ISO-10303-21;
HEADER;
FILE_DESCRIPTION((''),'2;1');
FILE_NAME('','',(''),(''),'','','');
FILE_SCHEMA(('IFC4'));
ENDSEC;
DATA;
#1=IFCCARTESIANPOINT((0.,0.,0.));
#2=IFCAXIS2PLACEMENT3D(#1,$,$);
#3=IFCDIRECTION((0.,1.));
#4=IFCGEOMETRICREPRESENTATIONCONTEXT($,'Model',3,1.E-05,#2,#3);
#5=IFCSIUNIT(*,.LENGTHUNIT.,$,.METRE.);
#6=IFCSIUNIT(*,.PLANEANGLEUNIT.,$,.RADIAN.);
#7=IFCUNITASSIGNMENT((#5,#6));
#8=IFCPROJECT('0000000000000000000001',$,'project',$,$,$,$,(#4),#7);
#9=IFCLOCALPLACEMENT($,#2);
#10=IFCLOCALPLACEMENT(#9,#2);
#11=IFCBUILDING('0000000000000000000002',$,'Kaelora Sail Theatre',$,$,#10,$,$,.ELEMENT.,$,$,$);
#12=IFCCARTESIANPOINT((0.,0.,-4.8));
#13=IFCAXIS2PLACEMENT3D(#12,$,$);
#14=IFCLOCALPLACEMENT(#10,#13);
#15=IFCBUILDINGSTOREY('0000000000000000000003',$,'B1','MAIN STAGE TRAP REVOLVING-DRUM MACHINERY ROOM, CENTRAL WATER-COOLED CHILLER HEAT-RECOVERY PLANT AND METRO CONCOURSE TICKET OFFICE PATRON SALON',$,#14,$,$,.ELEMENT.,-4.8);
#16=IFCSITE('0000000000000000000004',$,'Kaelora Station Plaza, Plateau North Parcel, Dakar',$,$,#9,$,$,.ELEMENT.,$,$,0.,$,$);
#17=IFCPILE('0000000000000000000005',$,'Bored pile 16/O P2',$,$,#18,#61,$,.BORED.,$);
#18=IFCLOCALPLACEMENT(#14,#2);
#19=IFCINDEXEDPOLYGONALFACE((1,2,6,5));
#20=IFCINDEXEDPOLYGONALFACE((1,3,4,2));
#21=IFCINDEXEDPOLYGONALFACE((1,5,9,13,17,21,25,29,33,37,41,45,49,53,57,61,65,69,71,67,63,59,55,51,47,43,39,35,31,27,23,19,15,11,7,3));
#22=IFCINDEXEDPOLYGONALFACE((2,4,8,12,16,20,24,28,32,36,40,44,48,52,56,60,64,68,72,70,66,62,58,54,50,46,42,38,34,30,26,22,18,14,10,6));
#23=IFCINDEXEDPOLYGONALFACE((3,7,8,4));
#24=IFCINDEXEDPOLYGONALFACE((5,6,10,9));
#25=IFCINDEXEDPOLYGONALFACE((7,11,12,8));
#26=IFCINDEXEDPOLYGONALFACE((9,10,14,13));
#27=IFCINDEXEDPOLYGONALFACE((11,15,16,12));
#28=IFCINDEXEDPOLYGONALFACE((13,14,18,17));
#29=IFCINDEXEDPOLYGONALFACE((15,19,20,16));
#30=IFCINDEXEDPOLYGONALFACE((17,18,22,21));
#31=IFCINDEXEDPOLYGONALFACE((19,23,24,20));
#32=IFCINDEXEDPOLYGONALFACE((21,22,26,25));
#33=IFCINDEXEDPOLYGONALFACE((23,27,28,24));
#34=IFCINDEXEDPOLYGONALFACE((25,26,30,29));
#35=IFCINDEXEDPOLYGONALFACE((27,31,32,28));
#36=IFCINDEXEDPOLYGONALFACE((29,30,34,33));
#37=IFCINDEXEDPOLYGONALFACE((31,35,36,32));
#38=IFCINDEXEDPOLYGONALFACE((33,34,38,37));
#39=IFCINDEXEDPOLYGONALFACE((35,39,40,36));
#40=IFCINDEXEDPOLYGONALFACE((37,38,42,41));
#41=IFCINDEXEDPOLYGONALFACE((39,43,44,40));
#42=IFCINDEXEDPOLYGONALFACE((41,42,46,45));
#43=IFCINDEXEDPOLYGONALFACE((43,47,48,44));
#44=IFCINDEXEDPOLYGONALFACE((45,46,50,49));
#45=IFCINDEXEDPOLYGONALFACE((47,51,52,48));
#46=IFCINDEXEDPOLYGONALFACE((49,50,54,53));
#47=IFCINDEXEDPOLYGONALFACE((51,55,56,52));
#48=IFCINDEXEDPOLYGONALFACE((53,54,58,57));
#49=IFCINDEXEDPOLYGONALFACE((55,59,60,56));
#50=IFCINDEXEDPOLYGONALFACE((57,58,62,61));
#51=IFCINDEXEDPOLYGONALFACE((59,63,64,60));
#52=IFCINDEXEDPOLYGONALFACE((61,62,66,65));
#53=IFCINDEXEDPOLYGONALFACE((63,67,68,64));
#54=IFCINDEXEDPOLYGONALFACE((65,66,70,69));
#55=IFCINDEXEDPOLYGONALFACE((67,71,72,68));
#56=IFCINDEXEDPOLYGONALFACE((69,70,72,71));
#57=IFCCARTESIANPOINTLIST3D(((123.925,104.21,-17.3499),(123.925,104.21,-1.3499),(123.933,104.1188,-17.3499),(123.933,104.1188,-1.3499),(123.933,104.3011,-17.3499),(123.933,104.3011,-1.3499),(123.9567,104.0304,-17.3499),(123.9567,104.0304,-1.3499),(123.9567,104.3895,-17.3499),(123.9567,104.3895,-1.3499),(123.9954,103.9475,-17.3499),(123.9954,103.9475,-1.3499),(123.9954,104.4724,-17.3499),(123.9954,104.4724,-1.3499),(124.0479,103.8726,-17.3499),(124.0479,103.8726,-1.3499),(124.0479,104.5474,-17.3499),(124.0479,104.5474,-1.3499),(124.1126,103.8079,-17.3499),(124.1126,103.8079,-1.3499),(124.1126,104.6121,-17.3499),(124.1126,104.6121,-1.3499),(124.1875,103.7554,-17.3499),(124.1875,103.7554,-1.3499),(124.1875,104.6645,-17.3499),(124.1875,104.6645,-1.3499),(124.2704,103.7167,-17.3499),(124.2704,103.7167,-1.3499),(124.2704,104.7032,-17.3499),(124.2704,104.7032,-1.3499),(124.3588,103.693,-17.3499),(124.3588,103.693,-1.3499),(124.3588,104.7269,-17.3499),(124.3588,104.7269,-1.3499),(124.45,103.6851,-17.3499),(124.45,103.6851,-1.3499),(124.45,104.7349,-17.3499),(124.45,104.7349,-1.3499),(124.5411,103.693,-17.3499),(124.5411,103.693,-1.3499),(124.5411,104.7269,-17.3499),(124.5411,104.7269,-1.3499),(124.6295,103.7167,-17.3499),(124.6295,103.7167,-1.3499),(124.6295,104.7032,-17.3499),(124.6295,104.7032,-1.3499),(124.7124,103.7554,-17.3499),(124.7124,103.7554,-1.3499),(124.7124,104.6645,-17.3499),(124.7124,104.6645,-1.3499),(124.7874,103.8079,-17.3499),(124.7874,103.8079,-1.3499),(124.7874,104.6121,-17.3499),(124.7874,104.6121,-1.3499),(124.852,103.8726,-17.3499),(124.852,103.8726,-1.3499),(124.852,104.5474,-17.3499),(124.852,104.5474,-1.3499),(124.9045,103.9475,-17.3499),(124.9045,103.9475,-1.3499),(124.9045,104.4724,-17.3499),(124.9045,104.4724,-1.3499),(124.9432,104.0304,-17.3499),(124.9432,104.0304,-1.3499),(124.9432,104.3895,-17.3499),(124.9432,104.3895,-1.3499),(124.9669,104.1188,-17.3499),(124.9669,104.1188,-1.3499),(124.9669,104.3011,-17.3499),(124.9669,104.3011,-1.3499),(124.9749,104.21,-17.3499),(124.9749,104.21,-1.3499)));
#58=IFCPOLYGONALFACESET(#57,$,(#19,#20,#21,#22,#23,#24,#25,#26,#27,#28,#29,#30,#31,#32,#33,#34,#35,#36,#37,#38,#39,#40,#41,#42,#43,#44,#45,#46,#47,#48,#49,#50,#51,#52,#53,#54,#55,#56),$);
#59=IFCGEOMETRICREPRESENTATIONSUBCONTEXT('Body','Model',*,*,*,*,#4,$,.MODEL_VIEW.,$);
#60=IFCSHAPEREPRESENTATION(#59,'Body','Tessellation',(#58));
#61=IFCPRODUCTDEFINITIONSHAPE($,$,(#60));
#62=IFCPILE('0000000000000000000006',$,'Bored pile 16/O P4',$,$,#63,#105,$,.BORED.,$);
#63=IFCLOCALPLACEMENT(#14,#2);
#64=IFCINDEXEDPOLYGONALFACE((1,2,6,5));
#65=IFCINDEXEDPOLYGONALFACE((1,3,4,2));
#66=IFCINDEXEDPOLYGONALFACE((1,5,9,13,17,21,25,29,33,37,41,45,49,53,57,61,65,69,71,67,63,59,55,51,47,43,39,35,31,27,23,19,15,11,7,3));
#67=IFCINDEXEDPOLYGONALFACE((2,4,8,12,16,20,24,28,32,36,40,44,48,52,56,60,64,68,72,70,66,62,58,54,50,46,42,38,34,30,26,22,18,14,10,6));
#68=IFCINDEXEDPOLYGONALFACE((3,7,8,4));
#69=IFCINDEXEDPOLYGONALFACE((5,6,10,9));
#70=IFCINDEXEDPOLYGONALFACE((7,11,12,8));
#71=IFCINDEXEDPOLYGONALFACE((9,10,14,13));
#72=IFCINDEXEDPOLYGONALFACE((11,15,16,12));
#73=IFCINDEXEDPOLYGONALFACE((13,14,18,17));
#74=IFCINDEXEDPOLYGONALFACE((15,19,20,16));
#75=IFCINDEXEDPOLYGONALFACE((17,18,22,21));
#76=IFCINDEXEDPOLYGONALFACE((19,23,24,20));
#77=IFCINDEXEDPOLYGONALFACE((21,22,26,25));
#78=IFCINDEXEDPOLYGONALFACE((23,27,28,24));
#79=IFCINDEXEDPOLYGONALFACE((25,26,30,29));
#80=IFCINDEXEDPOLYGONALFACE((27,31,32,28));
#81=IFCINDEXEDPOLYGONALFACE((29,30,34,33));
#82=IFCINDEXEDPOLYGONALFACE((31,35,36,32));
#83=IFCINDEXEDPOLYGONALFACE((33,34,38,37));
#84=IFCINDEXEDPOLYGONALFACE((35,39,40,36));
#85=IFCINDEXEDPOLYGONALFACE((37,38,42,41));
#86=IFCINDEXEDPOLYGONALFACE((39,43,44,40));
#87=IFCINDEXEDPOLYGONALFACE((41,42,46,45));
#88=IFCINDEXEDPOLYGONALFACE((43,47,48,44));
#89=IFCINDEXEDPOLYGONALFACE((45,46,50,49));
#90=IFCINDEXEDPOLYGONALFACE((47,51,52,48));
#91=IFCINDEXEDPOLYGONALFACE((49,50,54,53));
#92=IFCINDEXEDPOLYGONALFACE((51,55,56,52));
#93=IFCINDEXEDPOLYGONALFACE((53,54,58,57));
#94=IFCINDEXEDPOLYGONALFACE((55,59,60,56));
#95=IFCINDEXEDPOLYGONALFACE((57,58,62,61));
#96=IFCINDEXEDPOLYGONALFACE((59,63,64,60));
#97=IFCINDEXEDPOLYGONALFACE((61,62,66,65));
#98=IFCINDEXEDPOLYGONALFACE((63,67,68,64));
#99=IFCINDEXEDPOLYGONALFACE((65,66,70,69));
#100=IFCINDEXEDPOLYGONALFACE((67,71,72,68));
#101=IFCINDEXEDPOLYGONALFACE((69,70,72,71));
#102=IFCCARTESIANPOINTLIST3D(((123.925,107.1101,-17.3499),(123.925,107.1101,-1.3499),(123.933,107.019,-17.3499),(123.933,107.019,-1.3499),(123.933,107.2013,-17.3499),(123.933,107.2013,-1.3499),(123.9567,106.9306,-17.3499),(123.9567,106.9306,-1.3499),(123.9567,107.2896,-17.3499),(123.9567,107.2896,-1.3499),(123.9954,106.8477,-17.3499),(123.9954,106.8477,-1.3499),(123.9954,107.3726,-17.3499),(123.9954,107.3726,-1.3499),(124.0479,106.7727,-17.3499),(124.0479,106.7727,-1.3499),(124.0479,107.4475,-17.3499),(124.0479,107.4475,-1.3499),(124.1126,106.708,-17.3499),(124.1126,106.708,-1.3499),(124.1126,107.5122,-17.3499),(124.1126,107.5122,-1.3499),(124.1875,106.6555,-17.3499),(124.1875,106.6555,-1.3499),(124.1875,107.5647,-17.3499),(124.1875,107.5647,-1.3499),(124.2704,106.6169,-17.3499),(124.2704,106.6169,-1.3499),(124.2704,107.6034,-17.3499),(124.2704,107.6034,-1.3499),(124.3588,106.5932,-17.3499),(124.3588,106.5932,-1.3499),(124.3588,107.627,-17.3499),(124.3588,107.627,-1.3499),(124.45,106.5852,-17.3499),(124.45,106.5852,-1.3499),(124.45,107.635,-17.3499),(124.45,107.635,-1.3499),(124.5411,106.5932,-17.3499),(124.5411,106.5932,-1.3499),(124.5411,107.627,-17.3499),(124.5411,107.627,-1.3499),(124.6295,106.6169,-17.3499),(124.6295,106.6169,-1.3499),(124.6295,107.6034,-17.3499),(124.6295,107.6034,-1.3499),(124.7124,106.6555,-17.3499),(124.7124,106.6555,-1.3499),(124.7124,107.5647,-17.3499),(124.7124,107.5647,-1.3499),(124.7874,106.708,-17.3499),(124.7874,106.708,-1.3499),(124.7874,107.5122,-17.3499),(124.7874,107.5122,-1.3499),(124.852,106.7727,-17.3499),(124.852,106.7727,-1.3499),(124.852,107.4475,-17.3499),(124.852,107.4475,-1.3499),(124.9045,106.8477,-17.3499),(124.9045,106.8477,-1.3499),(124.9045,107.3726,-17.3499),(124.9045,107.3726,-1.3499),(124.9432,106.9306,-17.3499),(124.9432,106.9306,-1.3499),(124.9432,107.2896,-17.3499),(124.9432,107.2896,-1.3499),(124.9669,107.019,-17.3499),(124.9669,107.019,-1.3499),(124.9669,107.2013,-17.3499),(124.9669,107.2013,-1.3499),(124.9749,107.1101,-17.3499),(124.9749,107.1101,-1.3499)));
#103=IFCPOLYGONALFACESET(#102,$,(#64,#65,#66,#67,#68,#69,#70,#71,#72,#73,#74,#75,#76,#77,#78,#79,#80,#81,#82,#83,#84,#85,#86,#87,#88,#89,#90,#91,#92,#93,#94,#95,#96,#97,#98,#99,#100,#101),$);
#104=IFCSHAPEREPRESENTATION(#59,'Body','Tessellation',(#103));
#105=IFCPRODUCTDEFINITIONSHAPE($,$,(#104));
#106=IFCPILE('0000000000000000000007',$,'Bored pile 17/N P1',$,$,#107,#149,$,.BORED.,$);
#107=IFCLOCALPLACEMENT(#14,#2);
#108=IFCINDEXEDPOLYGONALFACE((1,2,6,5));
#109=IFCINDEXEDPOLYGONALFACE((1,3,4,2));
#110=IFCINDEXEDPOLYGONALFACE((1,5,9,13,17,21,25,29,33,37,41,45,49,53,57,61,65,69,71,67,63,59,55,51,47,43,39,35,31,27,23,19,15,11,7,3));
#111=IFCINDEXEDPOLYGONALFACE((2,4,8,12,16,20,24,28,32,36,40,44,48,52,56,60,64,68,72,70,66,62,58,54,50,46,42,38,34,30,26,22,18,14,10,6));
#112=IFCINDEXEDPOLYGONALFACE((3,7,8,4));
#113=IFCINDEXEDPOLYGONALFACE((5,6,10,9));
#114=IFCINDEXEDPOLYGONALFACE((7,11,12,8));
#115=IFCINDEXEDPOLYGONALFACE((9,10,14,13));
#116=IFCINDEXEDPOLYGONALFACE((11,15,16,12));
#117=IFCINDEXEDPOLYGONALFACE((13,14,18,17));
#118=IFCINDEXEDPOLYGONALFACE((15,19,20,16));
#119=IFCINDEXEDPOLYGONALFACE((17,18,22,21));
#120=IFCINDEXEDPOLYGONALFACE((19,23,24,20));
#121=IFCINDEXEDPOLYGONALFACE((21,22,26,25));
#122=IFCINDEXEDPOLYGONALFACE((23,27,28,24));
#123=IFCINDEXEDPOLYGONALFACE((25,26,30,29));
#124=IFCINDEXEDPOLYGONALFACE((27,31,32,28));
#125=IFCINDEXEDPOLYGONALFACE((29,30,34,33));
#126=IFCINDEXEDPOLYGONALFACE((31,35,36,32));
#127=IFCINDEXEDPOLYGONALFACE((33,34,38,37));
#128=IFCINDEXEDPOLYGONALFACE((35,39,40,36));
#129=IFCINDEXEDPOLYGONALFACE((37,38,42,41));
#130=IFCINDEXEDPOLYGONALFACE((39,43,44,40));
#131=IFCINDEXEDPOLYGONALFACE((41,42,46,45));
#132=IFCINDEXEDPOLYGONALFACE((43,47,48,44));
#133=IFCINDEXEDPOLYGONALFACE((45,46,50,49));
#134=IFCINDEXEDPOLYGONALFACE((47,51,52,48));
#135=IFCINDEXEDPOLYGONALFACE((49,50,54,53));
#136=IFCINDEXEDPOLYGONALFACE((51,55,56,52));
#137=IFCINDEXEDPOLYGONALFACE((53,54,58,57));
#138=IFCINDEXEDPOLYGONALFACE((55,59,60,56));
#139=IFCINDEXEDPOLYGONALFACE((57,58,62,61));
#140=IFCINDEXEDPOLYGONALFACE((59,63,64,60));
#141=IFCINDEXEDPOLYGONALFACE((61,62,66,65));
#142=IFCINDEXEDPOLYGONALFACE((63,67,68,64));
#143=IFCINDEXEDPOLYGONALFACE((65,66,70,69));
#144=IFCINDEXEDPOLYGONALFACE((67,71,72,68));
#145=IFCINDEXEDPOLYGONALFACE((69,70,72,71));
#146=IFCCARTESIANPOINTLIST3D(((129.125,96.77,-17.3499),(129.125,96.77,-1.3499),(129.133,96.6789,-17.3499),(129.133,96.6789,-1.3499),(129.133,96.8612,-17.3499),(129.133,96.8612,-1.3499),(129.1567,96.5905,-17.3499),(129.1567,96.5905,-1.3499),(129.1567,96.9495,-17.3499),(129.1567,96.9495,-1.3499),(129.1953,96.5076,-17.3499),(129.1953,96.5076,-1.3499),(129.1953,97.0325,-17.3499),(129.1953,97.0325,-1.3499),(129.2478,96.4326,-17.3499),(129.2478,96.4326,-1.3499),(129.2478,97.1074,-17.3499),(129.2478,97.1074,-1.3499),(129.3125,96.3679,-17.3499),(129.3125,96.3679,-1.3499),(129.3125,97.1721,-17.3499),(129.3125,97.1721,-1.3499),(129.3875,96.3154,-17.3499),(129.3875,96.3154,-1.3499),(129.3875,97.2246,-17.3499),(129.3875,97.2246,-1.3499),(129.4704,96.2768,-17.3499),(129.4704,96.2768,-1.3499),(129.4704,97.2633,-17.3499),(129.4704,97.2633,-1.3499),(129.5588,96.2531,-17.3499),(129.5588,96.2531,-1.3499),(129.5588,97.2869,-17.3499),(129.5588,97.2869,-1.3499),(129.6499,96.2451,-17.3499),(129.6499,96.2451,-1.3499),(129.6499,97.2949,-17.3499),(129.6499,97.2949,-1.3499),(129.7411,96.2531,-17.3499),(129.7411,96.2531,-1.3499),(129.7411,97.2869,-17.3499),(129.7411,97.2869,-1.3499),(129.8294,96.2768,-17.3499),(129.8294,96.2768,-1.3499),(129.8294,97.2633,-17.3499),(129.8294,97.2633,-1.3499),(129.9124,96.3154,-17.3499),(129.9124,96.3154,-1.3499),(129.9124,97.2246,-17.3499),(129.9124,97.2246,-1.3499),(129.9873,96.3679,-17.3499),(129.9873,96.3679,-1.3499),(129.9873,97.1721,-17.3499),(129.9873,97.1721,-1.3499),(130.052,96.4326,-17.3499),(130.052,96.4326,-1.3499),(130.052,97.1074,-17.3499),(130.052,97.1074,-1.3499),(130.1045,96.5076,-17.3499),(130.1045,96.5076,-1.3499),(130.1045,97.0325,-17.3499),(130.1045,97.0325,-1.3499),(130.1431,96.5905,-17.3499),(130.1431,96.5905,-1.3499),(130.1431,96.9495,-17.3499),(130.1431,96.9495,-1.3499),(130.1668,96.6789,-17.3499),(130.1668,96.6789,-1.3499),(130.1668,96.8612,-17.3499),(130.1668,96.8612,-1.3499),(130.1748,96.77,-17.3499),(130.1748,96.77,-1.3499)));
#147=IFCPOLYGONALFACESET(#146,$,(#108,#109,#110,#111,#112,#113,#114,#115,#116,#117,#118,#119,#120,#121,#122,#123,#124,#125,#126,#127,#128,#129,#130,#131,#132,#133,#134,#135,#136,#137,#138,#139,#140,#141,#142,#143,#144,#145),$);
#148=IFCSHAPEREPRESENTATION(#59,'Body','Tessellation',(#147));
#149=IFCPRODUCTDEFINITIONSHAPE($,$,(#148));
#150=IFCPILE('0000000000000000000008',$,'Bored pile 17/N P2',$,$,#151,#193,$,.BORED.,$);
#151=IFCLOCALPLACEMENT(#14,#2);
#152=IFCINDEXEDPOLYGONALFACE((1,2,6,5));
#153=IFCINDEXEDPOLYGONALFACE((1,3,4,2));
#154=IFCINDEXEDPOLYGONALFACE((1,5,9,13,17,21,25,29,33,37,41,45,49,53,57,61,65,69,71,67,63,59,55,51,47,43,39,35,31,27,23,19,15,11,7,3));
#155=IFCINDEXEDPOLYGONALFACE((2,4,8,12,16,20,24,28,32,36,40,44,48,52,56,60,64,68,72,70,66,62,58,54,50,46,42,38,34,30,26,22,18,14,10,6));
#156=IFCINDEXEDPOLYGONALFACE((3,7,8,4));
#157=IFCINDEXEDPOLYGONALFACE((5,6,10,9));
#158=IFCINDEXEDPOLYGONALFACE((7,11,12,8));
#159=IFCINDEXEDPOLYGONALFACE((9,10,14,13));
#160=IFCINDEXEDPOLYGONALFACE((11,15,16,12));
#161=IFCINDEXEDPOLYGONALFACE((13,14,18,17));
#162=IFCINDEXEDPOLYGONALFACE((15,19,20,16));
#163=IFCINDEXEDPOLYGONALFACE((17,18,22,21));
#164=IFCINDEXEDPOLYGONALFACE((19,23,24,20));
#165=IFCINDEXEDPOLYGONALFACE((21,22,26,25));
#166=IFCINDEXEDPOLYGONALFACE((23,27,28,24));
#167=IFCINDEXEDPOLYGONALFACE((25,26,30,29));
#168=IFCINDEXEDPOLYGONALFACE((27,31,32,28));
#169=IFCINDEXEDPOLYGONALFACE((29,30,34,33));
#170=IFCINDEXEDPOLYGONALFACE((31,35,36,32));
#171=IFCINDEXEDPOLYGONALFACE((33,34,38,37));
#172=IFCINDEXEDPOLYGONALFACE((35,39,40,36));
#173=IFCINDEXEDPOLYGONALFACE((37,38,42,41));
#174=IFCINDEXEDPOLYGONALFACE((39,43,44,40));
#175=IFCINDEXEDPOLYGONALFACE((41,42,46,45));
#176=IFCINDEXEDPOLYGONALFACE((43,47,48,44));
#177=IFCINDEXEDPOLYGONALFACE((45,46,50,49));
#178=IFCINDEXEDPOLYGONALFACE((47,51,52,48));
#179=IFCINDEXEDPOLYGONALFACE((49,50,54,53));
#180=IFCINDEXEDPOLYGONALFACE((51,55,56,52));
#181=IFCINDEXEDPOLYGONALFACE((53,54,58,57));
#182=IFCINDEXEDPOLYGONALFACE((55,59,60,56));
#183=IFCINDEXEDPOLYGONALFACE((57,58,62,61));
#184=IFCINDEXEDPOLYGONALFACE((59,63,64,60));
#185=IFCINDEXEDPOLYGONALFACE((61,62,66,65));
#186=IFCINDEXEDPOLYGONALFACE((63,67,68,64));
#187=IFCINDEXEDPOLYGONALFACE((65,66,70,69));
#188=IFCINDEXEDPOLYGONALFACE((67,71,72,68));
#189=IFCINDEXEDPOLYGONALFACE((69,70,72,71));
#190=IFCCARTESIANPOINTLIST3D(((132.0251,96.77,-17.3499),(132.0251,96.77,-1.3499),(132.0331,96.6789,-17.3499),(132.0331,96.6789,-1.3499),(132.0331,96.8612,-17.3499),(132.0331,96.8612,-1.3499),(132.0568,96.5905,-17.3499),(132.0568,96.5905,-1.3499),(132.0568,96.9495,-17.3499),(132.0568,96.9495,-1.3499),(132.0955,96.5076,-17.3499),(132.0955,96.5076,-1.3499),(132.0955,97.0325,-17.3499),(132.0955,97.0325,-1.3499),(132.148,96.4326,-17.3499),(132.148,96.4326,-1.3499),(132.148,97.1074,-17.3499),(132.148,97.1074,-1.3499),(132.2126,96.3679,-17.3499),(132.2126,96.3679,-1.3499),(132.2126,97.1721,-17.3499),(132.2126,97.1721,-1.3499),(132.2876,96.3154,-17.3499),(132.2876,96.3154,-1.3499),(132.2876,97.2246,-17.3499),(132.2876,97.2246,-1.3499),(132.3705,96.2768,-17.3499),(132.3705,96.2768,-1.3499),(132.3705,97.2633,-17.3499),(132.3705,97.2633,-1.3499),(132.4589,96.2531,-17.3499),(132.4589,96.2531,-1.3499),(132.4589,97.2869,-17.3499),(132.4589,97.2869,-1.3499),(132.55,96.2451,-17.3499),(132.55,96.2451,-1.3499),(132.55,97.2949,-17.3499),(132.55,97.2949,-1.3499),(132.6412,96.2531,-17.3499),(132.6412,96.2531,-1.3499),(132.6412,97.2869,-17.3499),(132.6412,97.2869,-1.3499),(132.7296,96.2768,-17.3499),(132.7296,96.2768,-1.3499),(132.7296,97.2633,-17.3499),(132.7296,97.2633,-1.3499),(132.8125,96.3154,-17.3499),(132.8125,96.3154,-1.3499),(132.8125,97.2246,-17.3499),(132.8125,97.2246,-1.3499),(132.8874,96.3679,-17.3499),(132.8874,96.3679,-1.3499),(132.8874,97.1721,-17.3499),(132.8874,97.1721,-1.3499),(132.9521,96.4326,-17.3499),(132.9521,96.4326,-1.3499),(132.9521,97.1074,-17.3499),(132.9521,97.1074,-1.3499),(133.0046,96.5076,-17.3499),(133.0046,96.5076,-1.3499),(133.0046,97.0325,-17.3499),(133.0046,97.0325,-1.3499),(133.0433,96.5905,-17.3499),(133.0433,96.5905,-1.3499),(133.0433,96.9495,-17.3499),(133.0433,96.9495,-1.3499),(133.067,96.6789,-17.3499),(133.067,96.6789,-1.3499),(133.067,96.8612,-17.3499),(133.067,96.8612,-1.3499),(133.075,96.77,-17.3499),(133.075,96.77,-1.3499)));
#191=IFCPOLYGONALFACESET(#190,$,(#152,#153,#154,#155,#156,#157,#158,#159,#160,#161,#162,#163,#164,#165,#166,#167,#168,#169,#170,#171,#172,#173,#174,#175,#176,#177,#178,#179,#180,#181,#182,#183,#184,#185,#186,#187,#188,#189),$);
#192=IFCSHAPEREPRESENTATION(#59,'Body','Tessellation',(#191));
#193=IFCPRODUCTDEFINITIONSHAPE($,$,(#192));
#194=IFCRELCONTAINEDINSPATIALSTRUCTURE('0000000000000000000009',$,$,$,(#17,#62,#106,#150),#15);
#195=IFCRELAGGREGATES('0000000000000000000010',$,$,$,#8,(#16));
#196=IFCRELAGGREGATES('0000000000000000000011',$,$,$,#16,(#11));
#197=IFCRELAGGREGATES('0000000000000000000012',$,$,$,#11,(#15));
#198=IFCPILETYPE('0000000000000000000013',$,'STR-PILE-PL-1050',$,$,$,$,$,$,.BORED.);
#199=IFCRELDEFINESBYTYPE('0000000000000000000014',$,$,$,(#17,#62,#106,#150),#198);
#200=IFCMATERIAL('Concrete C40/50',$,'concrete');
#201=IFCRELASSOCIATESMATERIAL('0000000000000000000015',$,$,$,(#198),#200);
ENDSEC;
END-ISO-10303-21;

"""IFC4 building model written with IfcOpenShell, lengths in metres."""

from ifc_helpers import new_model, si_unit, direction, frame, origin, origin_2d, place, context, subcontext, project, spatial, circle, extrude, material, material_profile, profile_set, type_object, element, save


model = new_model("IFC4")

# Units and contexts
model_context = context("Model", 3, precision=1e-05, world=origin(), true_north=direction((0.0, 1.0)))
body_context = subcontext(model_context, "Body", "Model", "MODEL_VIEW")
ifc_project = project(units=[si_unit("LENGTHUNIT", "METRE"), si_unit("PLANEANGLEUNIT", "RADIAN")], contexts=[model_context])

# Site, building, storey
site_placement = place(None, origin())
site = spatial("IfcSite", under=ifc_project, at=site_placement, Name="Kaelora Station Plaza, Plateau North Parcel, Dakar", CompositionType="ELEMENT", RefElevation=0.0)
building_placement = place(site_placement, origin())
building = spatial("IfcBuilding", under=site, at=building_placement, Name="Kaelora Sail Theatre", CompositionType="ELEMENT")
storey_placement = place(building_placement, frame((0.0, 0.0, -4.8)))
storey = spatial("IfcBuildingStorey", under=building, at=storey_placement, Name="B1", Description="MAIN STAGE TRAP REVOLVING-DRUM MACHINERY ROOM, CENTRAL WATER-COOLED CHILLER HEAT-RECOVERY PLANT AND METRO CONCOURSE TICKET OFFICE PATRON SALON", CompositionType="ELEMENT", Elevation=-4.8)

# Piles
ifc_material_1 = material(Name="Concrete C40/50", Category="concrete")
ifc_material_profile_1 = material_profile(ifc_material_1, circle(Radius=0.5249, at=origin_2d()), Name="PILE D1050")
ifc_profile_set_1 = profile_set([ifc_material_profile_1], Name="Concrete C40/50")
pile_type_1 = type_object("IfcPileType", Name="STR-PILE-PL-1050", PredefinedType="BORED", material=ifc_profile_set_1)
for number, where, z_axis, x_axis, name in (
    (1, (124.45, 104.21, -1.3499), (0.0, 0.0, -1.0), (1.0, 0.0, 0.0), "Bored pile 16/O P2"),
    (2, (124.45, 107.1101, -1.3499), (0.0, 0.0, -1.0), (1.0, 0.0, 0.0), "Bored pile 16/O P4"),
    (3, (129.6499, 96.77, -1.3499), (0.0, 0.0, -1.0), (1.0, 0.0, 0.0), "Bored pile 17/N P1"),
    (4, (132.55, 96.77, -1.3499), (0.0, 0.0, -1.0), (1.0, 0.0, 0.0), "Bored pile 17/N P2"),
):
    element("IfcPile", number, at=place(storey_placement, frame(where, z_axis=z_axis, x_axis=x_axis)), inside=storey, type_object=pile_type_1, Name=name, PredefinedType="BORED", context=body_context, shape_type="SweptSolid", body=[
        extrude(circle(Radius=0.5249, at=origin_2d()), origin(), (0.0, 0.0, 1.0), 16.0),
    ])

save(model, "model.ifc")
